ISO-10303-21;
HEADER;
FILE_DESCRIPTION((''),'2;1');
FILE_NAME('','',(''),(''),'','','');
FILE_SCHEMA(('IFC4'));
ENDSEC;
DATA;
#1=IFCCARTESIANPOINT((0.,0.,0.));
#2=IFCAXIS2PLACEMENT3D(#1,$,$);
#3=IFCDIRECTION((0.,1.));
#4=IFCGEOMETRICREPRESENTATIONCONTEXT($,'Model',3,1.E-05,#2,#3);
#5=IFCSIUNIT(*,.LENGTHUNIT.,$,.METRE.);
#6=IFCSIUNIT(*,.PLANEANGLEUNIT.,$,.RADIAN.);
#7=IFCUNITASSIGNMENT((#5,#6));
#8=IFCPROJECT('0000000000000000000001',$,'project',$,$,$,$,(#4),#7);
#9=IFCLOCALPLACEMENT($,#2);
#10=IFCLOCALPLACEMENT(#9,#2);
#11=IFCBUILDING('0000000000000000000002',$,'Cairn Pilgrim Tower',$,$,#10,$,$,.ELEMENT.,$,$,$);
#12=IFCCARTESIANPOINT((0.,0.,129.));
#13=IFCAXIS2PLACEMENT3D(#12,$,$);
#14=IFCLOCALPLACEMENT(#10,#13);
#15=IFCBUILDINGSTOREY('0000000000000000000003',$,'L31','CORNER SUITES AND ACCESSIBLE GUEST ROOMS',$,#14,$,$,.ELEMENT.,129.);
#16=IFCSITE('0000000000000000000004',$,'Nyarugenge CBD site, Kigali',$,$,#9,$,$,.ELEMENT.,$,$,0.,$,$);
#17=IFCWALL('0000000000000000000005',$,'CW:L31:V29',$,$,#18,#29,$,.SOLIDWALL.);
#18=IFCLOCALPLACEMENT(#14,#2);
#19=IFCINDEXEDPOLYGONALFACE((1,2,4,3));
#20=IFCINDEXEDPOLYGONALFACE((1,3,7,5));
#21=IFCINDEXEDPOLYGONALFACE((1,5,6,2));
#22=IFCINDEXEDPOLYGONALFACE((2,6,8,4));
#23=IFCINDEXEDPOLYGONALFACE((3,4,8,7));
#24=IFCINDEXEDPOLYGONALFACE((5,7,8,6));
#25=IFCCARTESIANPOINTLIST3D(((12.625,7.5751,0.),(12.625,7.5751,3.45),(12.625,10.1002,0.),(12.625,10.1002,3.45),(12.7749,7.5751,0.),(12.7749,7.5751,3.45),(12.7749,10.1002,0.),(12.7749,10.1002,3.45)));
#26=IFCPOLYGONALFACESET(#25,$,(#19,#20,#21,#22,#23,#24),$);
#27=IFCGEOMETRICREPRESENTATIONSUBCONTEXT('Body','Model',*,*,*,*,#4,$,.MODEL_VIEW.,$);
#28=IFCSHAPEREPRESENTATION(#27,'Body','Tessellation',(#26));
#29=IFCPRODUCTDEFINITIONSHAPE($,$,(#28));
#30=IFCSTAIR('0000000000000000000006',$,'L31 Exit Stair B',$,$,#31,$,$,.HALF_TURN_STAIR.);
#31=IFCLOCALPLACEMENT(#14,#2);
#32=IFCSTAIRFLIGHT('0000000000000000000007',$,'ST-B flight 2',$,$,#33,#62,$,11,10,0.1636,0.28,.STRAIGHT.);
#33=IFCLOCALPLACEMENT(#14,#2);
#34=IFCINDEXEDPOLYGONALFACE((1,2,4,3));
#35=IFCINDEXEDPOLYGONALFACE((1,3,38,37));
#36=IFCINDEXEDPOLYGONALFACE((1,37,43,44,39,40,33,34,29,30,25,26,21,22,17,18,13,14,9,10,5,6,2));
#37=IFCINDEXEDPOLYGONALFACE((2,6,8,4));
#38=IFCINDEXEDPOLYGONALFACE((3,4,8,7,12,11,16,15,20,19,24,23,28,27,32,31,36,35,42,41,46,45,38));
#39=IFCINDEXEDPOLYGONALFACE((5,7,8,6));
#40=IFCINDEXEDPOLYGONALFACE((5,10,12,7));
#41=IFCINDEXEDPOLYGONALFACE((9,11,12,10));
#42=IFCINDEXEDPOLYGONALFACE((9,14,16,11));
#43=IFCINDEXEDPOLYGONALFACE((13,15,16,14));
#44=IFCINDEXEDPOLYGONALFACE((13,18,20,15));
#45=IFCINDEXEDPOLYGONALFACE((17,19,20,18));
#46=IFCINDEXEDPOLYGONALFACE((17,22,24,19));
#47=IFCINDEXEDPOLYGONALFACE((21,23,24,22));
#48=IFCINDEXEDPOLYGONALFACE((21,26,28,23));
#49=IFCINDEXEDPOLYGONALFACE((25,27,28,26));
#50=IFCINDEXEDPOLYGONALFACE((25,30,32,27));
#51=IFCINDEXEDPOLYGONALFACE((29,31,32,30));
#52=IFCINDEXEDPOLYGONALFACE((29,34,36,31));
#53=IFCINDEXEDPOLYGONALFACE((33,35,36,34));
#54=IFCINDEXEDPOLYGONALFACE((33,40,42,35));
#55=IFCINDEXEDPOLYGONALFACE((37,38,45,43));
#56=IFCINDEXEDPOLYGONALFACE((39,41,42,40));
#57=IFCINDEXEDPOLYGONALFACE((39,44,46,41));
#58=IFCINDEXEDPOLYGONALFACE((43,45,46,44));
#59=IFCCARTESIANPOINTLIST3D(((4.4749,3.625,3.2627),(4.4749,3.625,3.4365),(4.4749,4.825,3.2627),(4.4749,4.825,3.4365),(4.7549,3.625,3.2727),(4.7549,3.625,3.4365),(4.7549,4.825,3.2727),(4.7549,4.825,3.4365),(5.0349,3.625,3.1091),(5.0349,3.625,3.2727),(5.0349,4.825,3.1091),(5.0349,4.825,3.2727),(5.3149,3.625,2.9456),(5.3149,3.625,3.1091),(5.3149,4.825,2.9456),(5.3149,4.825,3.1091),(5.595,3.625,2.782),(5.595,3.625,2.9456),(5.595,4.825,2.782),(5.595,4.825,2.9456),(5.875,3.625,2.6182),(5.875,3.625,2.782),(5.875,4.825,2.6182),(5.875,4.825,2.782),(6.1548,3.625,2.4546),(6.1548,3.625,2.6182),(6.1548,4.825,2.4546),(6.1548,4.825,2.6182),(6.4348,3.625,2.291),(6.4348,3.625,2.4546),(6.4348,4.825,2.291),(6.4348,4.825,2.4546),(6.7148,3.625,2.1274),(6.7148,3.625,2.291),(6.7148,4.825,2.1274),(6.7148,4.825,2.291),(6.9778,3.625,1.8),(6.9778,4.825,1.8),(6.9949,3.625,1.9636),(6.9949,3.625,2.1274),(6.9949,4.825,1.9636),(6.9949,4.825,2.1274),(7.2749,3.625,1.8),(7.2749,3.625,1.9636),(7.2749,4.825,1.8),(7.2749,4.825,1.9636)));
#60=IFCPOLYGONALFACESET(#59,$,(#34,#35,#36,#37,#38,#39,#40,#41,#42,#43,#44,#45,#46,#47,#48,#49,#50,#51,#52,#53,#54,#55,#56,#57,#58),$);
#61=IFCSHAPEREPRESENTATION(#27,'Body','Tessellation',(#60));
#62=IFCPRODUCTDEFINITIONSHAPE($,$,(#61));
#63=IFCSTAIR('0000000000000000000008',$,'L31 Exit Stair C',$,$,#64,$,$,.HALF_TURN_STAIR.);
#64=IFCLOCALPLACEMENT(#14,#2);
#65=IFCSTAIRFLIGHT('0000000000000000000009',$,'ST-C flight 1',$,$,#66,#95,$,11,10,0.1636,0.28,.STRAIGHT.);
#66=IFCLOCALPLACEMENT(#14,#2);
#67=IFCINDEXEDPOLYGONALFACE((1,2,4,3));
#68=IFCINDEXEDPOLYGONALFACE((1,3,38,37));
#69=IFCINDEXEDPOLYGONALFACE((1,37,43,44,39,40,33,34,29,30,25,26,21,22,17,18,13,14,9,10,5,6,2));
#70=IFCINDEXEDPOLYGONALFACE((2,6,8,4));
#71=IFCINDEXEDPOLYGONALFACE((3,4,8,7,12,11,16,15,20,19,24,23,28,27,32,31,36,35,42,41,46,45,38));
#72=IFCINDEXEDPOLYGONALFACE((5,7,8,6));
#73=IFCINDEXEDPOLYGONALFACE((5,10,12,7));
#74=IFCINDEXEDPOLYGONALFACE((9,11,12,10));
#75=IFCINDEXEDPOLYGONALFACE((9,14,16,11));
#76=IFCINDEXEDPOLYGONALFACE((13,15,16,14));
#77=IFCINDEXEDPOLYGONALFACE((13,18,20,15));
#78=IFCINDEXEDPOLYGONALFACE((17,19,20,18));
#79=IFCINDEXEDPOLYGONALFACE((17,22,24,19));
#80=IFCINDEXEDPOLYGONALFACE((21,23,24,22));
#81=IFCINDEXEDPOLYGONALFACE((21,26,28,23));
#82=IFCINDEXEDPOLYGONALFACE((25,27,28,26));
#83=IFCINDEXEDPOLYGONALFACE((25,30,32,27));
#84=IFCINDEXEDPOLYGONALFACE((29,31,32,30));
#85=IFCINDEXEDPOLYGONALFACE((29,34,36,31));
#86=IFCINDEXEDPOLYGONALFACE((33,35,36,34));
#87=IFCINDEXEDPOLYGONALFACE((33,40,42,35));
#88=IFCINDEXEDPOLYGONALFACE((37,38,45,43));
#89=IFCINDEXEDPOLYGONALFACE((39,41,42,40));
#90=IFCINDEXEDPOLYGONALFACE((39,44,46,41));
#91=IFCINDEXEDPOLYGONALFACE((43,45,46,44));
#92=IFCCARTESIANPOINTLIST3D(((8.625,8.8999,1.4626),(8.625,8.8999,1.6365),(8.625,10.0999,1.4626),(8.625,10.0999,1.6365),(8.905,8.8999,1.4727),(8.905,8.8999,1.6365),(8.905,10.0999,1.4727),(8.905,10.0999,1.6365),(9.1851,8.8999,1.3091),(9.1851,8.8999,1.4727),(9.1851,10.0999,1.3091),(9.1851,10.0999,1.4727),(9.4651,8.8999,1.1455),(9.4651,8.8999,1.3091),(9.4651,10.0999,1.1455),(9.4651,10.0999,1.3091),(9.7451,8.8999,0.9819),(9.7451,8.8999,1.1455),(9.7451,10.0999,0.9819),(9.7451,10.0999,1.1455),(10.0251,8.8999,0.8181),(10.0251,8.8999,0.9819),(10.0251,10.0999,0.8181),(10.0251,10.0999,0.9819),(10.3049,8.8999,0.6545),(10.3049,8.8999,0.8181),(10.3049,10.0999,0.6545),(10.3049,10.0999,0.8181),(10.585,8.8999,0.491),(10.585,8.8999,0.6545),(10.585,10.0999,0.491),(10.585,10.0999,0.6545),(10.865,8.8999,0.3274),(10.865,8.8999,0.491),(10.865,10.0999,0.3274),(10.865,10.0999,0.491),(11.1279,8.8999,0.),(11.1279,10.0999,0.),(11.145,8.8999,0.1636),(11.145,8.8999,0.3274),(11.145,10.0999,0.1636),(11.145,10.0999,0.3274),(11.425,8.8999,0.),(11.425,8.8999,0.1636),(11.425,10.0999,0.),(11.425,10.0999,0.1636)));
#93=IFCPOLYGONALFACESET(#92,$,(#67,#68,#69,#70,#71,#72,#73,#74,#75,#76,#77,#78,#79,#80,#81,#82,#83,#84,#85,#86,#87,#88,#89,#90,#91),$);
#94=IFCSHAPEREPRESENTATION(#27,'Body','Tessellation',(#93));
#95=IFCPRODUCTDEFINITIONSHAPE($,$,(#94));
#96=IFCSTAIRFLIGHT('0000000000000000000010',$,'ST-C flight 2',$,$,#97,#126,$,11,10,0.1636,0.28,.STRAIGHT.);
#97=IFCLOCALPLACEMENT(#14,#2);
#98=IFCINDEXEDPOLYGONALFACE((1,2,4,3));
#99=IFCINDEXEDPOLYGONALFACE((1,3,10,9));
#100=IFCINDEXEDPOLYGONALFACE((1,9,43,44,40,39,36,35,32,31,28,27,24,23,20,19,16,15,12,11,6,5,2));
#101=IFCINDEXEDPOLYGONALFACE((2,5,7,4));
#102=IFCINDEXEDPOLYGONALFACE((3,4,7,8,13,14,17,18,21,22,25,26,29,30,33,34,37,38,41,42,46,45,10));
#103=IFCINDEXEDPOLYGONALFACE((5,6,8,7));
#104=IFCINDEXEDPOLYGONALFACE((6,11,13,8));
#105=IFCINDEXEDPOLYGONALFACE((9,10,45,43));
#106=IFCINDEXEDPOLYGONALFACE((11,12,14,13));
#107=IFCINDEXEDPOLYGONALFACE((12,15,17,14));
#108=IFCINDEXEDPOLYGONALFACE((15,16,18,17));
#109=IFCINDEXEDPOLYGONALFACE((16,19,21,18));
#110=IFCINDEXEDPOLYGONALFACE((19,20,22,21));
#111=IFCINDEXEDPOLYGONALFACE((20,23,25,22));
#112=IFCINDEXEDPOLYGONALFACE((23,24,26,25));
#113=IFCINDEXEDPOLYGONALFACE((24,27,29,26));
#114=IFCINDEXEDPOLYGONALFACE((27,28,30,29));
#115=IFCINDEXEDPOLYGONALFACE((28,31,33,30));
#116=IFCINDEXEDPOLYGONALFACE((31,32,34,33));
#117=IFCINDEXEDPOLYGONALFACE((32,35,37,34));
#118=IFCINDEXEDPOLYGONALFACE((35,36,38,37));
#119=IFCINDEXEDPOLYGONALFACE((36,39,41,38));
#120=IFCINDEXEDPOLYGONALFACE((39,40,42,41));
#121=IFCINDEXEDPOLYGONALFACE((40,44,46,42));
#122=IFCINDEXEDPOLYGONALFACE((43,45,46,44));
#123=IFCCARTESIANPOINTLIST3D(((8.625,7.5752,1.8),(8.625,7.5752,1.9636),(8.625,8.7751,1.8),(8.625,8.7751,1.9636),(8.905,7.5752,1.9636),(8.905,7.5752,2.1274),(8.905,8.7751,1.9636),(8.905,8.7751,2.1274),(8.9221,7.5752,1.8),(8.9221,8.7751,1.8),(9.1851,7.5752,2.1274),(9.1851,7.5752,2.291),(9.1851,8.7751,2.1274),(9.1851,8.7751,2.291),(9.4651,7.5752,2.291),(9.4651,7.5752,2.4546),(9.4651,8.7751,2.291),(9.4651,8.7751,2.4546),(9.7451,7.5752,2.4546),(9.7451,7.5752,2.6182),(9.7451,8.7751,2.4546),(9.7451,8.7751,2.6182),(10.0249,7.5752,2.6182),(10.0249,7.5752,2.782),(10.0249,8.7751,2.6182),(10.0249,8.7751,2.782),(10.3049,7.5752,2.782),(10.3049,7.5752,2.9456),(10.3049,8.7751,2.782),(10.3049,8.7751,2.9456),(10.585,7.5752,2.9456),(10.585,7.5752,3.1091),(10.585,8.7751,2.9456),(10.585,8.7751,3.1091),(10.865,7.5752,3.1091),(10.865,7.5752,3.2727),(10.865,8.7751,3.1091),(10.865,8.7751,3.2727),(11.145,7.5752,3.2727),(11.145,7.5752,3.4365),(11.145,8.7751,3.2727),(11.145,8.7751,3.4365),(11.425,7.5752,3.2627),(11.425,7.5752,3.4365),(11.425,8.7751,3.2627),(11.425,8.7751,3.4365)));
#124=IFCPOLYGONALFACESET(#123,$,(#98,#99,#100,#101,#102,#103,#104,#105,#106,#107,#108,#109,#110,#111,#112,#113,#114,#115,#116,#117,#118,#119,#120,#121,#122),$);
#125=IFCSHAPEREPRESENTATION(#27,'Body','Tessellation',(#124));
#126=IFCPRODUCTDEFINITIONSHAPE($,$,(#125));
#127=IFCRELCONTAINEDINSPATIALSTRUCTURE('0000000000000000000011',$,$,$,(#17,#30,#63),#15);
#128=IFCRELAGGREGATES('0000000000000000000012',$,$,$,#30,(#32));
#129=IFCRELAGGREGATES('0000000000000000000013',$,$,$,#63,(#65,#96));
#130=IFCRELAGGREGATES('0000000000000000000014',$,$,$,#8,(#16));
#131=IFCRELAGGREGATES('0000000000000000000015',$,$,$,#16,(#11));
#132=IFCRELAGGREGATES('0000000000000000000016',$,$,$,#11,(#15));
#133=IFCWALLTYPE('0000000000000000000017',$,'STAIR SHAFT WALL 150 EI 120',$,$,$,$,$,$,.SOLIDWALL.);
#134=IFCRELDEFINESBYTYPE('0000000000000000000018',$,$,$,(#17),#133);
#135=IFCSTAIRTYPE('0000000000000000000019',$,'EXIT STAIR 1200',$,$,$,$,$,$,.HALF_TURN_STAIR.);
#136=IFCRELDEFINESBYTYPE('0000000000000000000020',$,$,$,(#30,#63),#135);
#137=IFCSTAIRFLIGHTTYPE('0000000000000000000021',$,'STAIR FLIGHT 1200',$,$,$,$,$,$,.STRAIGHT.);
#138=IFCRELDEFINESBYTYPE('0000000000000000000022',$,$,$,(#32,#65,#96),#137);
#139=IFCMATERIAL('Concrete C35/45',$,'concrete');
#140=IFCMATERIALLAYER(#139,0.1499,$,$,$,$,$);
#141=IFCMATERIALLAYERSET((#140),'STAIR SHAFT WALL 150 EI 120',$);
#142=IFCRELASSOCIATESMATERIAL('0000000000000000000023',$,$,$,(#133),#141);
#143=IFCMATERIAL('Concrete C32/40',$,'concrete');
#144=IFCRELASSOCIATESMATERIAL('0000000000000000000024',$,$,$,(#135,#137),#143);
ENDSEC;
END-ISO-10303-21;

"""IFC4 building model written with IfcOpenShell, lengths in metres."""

from ifc_helpers import new_model, si_unit, direction, frame, frame_2d, origin, place, context, subcontext, project, spatial, polyline, rectangle, outline, extrude, material, layer, layer_set, type_object, element, aggregate, save


model = new_model("IFC4")

# Units and contexts
model_context = context("Model", 3, precision=1e-05, world=origin(), true_north=direction((0.0, 1.0)))
body_context = subcontext(model_context, "Body", "Model", "MODEL_VIEW")
ifc_project = project(units=[si_unit("LENGTHUNIT", "METRE"), si_unit("PLANEANGLEUNIT", "RADIAN")], contexts=[model_context])

# Site, building, storey
site_placement = place(None, origin())
site = spatial("IfcSite", under=ifc_project, at=site_placement, Name="Nyarugenge CBD site, Kigali", CompositionType="ELEMENT", RefElevation=0.0)
building_placement = place(site_placement, origin())
building = spatial("IfcBuilding", under=site, at=building_placement, Name="Cairn Pilgrim Tower", CompositionType="ELEMENT")
storey_placement = place(building_placement, frame((0.0, 0.0, 129.0)))
storey = spatial("IfcBuildingStorey", under=building, at=storey_placement, Name="L31", Description="CORNER SUITES AND ACCESSIBLE GUEST ROOMS", CompositionType="ELEMENT", Elevation=129.0)

# Shared definitions
ifc_material_1 = material(Name="Concrete C32/40", Category="concrete")

# Wall
ifc_material_2 = material(Name="Concrete C35/45", Category="concrete")
ifc_layer_1 = layer(ifc_material_2, 0.1499)
ifc_layer_set_1 = layer_set([ifc_layer_1], Name="STAIR SHAFT WALL 150 EI 120")
wall_type_1 = type_object("IfcWallType", Name="STAIR SHAFT WALL 150 EI 120", PredefinedType="SOLIDWALL", material=ifc_layer_set_1)
wall_1_placement = place(storey_placement, frame((12.7, 7.575, 0.0), z_axis=(0.0, 0.0, 1.0), x_axis=(0.0, 1.0, 0.0)))
element("IfcWall", 1, at=wall_1_placement, inside=storey, type_object=wall_type_1, Name="CW:L31:V29", PredefinedType="SOLIDWALL", context=body_context, shape_type="SweptSolid", body=[
    extrude(rectangle(XDim=2.5251, YDim=0.1499, at=frame_2d((1.2627, 0.0))), origin(), (0.0, 0.0, 1.0), 3.45),
])

# Stair, stair flight
stair_type = type_object("IfcStairType", Name="EXIT STAIR 1200", PredefinedType="HALF_TURN_STAIR", material=ifc_material_1)
stair_1_placement = place(storey_placement, origin())
stair_1 = element("IfcStair", 2, at=stair_1_placement, inside=storey, type_object=stair_type, Name="L31 Exit Stair B", PredefinedType="HALF_TURN_STAIR")
stair_flight_type = type_object("IfcStairFlightType", Name="STAIR FLIGHT 1200", PredefinedType="STRAIGHT", material=ifc_material_1)
stair_flight_1_placement = place(storey_placement, frame((7.2749, 4.2251, 1.8), z_axis=(0.0, 0.0, 1.0), x_axis=(-1.0, 0.0, 0.0)))
stair_flight_1 = element("IfcStairFlight", 3, at=stair_flight_1_placement, type_object=stair_flight_type, Name="ST-B flight 2", NumberOfRisers=11, NumberOfTreads=10, PredefinedType="STRAIGHT", RiserHeight=0.1636, TreadLength=0.28, context=body_context, shape_type="SweptSolid", body=[
    extrude(outline(polyline([(0.0, 0.0), (0.0, 0.1636), (0.28, 0.1636), (0.28, 0.3274), (0.5601, 0.3274), (0.5601, 0.491), (0.8401, 0.491), (0.8401, 0.6545), (1.1201, 0.6545), (1.1201, 0.8181), (1.3999, 0.8181), (1.3999, 0.9819), (1.6799, 0.9819), (1.6799, 1.1455), (1.96, 1.1455), (1.96, 1.3091), (2.24, 1.3091), (2.24, 1.4727), (2.52, 1.4727), (2.52, 1.6365), (2.8, 1.6365), (2.8, 1.8), (2.8, 1.4626), (0.2971, 0.0), (0.0, 0.0)])), frame((0.0, 0.6001, 0.0), z_axis=(0.0, -1.0, 0.0), x_axis=(1.0, 0.0, 0.0)), (0.0, 0.0, 1.0), 1.2),
])
aggregate(stair_1, [stair_flight_1])

# Stair, stair flights
stair_2_placement = place(storey_placement, origin())
stair_2 = element("IfcStair", 4, at=stair_2_placement, inside=storey, type_object=stair_type, Name="L31 Exit Stair C", PredefinedType="HALF_TURN_STAIR")
stair_flight_2_placement = place(storey_placement, frame((11.425, 9.5, 0.0), z_axis=(0.0, 0.0, 1.0), x_axis=(-1.0, 0.0, 0.0)))
stair_flight_2 = element("IfcStairFlight", 5, at=stair_flight_2_placement, type_object=stair_flight_type, Name="ST-C flight 1", NumberOfRisers=11, NumberOfTreads=10, PredefinedType="STRAIGHT", RiserHeight=0.1636, TreadLength=0.28, context=body_context, shape_type="SweptSolid", body=[
    extrude(outline(polyline([(0.0, 0.0), (0.0, 0.1636), (0.28, 0.1636), (0.28, 0.3274), (0.5601, 0.3274), (0.5601, 0.491), (0.8401, 0.491), (0.8401, 0.6545), (1.1201, 0.6545), (1.1201, 0.8181), (1.3999, 0.8181), (1.3999, 0.9819), (1.6799, 0.9819), (1.6799, 1.1455), (1.96, 1.1455), (1.96, 1.3091), (2.24, 1.3091), (2.24, 1.4727), (2.52, 1.4727), (2.52, 1.6365), (2.8, 1.6365), (2.8, 1.8), (2.8, 1.4626), (0.2971, 0.0), (0.0, 0.0)])), frame((0.0, 0.6001, 0.0), z_axis=(0.0, -1.0, 0.0), x_axis=(1.0, 0.0, 0.0)), (0.0, 0.0, 1.0), 1.2),
])
stair_flight_3_placement = place(storey_placement, frame((8.625, 8.175, 1.8), z_axis=(0.0, 0.0, 1.0), x_axis=(1.0, 0.0, 0.0)))
stair_flight_3 = element("IfcStairFlight", 6, at=stair_flight_3_placement, type_object=stair_flight_type, Name="ST-C flight 2", NumberOfRisers=11, NumberOfTreads=10, PredefinedType="STRAIGHT", RiserHeight=0.1636, TreadLength=0.28, context=body_context, shape_type="SweptSolid", body=[
    extrude(outline(polyline([(0.0, 0.0), (0.0, 0.1636), (0.28, 0.1636), (0.28, 0.3274), (0.5601, 0.3274), (0.5601, 0.491), (0.8401, 0.491), (0.8401, 0.6545), (1.1201, 0.6545), (1.1201, 0.8181), (1.3999, 0.8181), (1.3999, 0.9819), (1.6799, 0.9819), (1.6799, 1.1455), (1.96, 1.1455), (1.96, 1.3091), (2.24, 1.3091), (2.24, 1.4727), (2.52, 1.4727), (2.52, 1.6365), (2.8, 1.6365), (2.8, 1.8), (2.8, 1.4626), (0.2971, 0.0), (0.0, 0.0)])), frame((0.0, 0.6001, 0.0), z_axis=(0.0, -1.0, 0.0), x_axis=(1.0, 0.0, 0.0)), (0.0, 0.0, 1.0), 1.2),
])
aggregate(stair_2, [stair_flight_2, stair_flight_3])

save(model, "model.ifc")
